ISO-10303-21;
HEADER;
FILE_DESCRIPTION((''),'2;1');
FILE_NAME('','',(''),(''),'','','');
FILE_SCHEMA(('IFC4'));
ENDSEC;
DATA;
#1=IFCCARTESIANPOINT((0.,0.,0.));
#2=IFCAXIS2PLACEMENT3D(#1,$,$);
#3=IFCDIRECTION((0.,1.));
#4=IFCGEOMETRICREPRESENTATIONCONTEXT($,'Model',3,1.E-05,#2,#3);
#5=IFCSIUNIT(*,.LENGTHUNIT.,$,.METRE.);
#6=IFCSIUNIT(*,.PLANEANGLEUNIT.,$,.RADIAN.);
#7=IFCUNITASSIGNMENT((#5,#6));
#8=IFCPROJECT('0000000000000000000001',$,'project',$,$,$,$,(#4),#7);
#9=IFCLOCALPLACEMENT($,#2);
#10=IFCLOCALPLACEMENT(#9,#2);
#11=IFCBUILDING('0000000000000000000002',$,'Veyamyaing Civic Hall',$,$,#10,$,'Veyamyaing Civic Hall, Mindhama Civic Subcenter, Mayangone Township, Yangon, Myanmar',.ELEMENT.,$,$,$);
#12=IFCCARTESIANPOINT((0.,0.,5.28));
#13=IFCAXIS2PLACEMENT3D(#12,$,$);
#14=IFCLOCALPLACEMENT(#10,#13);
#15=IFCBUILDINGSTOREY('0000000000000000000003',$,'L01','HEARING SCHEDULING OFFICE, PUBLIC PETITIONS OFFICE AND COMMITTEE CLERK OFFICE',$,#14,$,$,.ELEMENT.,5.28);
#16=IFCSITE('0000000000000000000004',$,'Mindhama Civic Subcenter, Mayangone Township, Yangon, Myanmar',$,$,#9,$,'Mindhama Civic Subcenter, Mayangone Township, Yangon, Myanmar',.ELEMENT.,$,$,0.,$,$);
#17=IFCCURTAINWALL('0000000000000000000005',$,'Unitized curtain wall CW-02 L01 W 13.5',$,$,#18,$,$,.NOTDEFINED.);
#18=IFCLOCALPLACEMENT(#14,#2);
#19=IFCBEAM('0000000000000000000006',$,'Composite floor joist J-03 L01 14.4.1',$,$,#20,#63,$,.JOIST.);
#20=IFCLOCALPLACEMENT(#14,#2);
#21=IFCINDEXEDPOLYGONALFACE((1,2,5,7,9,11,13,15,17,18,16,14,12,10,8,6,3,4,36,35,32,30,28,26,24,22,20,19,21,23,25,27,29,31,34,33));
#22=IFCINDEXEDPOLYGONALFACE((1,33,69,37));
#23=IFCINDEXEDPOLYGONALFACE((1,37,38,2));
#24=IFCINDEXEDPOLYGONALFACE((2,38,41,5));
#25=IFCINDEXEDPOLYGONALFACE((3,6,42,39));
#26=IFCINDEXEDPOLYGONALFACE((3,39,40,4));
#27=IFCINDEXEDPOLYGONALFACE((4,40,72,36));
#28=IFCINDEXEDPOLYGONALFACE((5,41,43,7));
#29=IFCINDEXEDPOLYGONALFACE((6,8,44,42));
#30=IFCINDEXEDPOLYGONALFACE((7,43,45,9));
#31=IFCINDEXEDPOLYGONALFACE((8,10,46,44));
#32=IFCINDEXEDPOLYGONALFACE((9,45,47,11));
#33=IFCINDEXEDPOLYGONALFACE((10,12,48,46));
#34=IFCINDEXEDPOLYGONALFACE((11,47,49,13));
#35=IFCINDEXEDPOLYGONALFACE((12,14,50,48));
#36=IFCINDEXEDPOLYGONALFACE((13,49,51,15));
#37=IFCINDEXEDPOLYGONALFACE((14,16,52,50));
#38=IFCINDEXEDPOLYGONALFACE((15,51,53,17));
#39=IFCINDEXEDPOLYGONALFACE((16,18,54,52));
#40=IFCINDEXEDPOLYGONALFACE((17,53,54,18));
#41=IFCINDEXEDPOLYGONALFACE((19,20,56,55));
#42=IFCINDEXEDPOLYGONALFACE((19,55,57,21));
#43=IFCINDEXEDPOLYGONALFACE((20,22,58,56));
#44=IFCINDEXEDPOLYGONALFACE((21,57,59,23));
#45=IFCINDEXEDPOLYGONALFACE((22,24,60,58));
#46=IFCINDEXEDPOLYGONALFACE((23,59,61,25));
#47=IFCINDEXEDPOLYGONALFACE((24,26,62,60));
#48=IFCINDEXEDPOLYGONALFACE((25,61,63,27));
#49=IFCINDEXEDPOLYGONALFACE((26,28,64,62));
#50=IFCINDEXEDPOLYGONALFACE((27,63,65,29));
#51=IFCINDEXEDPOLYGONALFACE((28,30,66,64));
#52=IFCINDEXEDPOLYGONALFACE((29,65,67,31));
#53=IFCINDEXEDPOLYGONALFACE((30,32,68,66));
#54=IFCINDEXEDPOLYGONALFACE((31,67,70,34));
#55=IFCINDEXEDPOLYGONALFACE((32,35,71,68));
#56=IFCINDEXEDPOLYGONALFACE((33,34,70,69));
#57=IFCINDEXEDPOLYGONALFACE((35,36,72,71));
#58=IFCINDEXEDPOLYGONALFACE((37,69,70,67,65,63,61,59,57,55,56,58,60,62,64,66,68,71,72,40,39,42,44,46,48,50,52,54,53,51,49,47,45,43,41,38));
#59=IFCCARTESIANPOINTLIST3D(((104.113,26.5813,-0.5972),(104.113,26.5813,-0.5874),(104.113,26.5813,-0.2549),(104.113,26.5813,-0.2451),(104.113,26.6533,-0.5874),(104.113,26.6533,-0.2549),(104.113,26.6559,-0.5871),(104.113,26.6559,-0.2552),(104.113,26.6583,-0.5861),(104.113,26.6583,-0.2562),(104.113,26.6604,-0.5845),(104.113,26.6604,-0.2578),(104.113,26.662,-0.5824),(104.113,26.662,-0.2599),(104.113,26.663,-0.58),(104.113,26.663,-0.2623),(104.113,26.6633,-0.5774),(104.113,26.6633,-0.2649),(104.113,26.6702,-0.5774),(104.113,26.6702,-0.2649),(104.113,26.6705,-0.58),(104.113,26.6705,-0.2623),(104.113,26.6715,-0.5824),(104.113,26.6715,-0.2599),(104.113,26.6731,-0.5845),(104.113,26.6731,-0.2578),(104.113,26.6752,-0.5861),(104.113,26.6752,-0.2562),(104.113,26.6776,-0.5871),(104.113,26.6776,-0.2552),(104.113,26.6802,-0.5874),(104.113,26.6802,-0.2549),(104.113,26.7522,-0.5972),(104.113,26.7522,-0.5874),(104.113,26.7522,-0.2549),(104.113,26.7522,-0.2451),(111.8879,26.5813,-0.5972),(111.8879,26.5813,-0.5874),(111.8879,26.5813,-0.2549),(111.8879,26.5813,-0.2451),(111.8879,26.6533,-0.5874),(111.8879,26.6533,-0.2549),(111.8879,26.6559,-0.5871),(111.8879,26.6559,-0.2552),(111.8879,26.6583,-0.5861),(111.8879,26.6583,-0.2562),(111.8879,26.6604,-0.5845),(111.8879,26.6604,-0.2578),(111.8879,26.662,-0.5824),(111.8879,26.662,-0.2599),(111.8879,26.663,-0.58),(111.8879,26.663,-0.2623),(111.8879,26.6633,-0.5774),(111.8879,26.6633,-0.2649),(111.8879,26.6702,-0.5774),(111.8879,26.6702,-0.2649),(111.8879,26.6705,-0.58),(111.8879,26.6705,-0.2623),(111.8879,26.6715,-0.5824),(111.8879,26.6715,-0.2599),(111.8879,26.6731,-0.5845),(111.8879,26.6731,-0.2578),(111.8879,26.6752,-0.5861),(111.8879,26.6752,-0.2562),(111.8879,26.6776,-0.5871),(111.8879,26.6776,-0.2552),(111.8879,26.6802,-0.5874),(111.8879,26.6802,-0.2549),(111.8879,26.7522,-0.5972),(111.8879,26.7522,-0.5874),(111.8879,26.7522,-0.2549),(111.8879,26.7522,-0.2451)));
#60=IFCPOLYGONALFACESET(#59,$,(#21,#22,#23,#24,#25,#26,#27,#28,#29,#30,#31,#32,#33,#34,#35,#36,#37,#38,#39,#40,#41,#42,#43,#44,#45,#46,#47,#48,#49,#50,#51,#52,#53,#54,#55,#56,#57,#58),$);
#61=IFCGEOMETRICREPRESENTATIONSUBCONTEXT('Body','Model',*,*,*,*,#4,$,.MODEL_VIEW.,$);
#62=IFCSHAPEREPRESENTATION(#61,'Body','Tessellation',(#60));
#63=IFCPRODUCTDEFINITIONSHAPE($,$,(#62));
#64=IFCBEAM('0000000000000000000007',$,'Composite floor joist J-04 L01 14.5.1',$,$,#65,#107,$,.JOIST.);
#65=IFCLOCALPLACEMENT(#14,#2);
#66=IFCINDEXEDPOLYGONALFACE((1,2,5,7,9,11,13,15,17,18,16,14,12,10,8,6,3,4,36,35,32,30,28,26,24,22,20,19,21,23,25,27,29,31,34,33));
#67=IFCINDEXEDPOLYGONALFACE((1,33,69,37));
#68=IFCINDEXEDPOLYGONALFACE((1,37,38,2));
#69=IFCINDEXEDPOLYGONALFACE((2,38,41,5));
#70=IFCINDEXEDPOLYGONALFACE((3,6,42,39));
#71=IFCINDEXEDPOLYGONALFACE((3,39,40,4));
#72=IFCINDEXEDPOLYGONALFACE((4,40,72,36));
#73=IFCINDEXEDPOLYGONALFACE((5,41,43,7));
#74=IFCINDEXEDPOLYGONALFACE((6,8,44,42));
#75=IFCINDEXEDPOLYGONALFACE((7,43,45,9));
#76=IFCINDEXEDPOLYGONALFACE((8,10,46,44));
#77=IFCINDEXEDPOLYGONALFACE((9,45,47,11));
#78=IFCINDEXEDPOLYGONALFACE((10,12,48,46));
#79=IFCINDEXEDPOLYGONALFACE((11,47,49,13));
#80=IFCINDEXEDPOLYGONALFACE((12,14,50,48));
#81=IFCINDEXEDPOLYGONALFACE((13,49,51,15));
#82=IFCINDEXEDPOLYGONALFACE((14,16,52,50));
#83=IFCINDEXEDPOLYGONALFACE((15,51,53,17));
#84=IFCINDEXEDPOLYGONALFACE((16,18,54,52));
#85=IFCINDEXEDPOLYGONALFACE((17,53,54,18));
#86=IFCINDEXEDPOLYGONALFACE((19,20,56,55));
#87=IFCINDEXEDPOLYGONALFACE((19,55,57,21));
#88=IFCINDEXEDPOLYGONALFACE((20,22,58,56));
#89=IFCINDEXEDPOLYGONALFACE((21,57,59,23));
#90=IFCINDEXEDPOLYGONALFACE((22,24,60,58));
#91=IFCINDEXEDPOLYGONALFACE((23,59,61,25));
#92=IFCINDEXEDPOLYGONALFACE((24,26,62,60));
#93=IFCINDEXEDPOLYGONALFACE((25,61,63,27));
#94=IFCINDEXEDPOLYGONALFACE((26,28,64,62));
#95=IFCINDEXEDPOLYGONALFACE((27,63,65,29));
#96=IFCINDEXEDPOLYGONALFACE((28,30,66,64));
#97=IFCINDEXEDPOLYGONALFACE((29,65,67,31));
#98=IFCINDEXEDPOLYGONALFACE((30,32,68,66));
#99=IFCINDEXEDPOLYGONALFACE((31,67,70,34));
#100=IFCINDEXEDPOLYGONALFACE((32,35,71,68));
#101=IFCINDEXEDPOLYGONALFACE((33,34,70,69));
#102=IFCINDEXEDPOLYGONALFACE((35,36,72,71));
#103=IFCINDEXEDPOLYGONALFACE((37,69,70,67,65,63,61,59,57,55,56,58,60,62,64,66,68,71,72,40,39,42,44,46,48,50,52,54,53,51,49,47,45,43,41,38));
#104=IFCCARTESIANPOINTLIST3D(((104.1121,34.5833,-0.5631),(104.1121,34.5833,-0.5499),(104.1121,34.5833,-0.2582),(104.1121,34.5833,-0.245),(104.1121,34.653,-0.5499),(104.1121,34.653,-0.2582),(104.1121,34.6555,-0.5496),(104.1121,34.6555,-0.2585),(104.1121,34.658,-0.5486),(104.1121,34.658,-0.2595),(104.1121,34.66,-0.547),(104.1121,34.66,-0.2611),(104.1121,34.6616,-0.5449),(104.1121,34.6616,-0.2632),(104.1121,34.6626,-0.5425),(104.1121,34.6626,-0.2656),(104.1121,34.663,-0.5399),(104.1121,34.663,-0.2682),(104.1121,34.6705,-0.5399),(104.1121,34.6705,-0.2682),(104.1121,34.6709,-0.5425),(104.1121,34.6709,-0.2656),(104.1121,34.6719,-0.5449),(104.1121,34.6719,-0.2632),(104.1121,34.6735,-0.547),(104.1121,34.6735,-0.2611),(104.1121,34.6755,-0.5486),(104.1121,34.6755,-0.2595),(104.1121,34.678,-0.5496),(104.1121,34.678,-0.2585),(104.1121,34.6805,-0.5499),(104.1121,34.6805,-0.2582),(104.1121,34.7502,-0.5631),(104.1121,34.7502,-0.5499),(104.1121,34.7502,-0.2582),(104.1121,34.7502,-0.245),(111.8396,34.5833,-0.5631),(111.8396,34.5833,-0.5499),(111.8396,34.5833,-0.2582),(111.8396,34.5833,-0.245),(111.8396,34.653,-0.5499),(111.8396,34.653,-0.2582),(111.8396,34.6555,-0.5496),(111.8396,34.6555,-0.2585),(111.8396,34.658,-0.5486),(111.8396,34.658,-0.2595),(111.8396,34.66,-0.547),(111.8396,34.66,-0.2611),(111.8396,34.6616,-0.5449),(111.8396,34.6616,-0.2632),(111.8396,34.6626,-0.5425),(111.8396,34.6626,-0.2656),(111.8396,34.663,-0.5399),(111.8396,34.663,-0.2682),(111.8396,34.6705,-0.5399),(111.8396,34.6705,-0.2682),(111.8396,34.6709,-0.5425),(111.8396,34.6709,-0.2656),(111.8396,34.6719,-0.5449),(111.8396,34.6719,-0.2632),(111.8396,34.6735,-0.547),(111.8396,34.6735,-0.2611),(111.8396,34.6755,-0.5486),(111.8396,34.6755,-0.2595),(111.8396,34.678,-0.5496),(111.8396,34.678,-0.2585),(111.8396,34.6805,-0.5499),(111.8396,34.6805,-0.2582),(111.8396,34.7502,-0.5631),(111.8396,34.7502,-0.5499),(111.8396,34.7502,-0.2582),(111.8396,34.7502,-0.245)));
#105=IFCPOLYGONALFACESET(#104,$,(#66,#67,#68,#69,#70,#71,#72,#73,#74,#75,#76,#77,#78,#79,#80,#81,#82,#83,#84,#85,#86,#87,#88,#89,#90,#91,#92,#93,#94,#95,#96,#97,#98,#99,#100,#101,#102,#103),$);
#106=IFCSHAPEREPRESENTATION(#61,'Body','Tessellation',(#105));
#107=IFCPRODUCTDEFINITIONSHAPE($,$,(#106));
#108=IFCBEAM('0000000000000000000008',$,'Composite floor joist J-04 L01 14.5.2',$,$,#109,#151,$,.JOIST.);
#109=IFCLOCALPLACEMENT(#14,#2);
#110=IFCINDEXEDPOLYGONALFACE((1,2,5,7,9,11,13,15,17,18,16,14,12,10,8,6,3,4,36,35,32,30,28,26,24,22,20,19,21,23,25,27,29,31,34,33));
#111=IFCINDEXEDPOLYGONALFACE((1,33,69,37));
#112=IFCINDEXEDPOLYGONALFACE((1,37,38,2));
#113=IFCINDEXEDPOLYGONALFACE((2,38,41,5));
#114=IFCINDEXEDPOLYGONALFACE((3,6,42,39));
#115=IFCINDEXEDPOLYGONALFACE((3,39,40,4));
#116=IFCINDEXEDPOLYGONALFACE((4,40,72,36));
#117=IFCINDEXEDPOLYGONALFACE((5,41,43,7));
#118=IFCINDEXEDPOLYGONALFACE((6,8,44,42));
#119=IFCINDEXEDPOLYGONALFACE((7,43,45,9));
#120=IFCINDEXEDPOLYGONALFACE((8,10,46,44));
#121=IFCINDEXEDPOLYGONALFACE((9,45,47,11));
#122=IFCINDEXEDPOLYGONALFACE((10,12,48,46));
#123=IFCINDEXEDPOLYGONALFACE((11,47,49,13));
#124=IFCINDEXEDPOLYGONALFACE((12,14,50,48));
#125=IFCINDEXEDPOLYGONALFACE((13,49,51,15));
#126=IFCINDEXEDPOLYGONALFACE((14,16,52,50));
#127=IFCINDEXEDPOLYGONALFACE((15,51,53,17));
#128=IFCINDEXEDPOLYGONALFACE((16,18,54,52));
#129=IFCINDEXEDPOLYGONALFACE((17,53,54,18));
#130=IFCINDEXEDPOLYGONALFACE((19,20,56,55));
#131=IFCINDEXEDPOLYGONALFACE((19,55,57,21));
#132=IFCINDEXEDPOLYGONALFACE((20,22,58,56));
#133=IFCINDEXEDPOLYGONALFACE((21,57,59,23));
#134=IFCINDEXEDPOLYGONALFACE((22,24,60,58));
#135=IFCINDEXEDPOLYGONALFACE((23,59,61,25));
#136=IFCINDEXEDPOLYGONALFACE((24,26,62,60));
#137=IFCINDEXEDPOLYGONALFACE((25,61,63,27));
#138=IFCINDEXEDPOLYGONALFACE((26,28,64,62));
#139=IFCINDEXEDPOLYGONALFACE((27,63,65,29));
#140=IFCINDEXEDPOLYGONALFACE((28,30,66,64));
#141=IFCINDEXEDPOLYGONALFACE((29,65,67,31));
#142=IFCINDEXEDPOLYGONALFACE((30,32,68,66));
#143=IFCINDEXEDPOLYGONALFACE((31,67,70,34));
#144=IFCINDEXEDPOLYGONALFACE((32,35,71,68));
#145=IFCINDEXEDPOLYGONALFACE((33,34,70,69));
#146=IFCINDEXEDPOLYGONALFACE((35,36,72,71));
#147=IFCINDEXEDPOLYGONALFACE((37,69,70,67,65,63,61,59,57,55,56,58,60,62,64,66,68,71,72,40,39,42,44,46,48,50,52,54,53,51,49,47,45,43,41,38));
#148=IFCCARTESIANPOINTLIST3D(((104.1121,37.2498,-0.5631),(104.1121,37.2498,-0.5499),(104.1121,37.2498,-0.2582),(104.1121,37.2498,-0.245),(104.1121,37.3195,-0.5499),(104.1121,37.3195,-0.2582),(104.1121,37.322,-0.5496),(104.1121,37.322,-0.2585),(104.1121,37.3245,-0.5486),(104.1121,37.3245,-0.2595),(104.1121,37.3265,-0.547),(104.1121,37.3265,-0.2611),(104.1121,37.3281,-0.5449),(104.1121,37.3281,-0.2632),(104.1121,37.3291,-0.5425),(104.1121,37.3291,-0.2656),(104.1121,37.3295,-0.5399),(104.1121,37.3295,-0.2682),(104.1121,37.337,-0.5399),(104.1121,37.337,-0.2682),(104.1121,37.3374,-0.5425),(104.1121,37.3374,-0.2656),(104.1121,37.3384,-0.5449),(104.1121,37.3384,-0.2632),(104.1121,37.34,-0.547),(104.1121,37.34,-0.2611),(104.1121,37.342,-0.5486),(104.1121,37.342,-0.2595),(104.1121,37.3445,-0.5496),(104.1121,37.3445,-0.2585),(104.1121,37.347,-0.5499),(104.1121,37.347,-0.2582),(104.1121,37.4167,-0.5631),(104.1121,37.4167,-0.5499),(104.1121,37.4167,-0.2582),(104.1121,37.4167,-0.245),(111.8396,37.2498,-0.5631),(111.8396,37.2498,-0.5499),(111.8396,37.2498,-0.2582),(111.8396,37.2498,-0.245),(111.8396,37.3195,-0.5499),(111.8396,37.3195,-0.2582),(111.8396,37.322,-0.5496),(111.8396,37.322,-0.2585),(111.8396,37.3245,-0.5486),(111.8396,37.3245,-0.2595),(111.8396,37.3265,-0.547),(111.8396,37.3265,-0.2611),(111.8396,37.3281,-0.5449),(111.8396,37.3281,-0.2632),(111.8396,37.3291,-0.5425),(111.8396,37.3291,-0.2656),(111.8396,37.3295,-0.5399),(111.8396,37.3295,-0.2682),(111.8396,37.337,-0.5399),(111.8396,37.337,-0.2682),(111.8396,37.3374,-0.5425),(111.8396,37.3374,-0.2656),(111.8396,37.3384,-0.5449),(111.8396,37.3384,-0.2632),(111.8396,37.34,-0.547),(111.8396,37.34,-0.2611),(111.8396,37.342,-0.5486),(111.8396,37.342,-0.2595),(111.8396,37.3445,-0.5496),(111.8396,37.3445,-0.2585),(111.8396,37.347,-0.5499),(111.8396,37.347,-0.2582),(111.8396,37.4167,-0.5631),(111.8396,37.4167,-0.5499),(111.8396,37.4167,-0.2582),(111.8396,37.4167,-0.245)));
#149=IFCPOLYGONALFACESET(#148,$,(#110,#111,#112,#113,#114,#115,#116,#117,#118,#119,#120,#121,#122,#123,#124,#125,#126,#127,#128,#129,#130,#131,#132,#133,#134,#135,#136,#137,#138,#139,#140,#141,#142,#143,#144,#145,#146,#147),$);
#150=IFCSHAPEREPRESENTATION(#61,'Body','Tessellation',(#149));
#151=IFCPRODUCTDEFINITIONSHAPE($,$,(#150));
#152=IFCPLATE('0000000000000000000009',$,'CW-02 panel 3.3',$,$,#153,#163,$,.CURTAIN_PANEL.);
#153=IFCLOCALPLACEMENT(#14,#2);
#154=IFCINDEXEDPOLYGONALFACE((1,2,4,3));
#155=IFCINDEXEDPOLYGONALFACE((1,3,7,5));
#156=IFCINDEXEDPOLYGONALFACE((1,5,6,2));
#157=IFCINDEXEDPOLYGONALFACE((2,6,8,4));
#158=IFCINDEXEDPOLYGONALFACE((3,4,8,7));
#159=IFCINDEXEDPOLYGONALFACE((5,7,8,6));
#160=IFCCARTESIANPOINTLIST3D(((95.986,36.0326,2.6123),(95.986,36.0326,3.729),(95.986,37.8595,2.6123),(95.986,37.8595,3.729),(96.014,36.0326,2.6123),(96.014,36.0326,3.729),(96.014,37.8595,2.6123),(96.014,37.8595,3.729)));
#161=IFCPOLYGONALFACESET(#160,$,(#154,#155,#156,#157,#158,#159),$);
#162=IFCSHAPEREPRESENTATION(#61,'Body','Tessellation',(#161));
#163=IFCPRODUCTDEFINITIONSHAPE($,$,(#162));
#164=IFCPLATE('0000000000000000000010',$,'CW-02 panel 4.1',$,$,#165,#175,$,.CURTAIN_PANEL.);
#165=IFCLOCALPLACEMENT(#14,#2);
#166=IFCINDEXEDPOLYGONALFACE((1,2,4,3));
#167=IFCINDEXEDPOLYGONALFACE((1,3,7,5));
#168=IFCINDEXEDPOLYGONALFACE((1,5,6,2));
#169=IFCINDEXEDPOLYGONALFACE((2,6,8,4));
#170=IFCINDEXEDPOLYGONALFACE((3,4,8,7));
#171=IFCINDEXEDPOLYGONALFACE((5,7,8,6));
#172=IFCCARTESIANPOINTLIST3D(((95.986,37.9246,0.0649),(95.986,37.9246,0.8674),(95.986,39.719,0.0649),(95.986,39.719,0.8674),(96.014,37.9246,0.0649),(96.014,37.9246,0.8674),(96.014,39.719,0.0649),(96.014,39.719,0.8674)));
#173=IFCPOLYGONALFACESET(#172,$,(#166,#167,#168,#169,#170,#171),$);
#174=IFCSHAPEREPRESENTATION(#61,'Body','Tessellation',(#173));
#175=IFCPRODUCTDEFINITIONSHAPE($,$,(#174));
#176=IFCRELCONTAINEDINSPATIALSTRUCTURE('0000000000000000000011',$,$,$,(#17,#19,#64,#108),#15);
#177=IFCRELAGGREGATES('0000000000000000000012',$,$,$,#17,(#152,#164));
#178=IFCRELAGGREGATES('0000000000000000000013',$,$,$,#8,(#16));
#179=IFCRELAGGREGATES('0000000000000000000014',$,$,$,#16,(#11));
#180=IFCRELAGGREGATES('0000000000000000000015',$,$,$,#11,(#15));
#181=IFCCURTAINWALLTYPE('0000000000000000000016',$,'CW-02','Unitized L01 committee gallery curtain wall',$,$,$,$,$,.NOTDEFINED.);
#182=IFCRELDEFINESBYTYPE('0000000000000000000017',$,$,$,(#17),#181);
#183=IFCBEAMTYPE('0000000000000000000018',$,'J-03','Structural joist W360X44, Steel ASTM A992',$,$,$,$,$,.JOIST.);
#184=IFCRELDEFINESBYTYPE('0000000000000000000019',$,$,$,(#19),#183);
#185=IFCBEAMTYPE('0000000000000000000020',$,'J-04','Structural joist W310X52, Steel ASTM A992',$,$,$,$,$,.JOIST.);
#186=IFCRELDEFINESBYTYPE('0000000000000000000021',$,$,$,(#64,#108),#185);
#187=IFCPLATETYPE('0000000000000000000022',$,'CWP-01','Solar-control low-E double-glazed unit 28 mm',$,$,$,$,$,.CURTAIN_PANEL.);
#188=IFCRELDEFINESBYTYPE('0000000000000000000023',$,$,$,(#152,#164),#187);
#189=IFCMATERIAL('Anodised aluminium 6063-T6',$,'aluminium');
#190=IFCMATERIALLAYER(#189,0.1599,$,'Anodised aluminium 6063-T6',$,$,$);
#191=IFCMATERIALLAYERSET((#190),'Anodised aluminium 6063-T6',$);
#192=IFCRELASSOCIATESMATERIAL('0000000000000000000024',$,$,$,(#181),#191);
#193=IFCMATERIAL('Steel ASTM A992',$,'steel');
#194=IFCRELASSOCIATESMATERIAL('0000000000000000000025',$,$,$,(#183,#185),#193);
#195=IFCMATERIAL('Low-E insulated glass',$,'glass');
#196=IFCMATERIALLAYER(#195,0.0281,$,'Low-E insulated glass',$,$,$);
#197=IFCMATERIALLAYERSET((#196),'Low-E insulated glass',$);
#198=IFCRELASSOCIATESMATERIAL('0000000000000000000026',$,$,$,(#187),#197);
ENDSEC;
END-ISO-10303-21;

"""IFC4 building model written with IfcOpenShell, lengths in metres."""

from ifc_helpers import new_model, si_unit, direction, frame, origin, origin_2d, place, context, subcontext, project, spatial, rectangle, i_section, extrude, material, layer, layer_set, material_profile, profile_set, type_object, element, aggregate, save


model = new_model("IFC4")

# Units and contexts
model_context = context("Model", 3, precision=1e-05, world=origin(), true_north=direction((0.0, 1.0)))
body_context = subcontext(model_context, "Body", "Model", "MODEL_VIEW")
ifc_project = project(units=[si_unit("LENGTHUNIT", "METRE"), si_unit("PLANEANGLEUNIT", "RADIAN")], contexts=[model_context])

# Site, building, storey
site_placement = place(None, origin())
site = spatial("IfcSite", under=ifc_project, at=site_placement, Name="Mindhama Civic Subcenter, Mayangone Township, Yangon, Myanmar", LongName="Mindhama Civic Subcenter, Mayangone Township, Yangon, Myanmar", CompositionType="ELEMENT", RefElevation=0.0)
building_placement = place(site_placement, origin())
building = spatial("IfcBuilding", under=site, at=building_placement, Name="Veyamyaing Civic Hall", LongName="Veyamyaing Civic Hall, Mindhama Civic Subcenter, Mayangone Township, Yangon, Myanmar", CompositionType="ELEMENT")
storey_placement = place(building_placement, frame((0.0, 0.0, 5.28)))
storey = spatial("IfcBuildingStorey", under=building, at=storey_placement, Name="L01", Description="HEARING SCHEDULING OFFICE, PUBLIC PETITIONS OFFICE AND COMMITTEE CLERK OFFICE", CompositionType="ELEMENT", Elevation=5.28)

# Shared definitions
ifc_material_1 = material(Name="Steel ASTM A992", Category="steel")

# Curtain wall
ifc_material_2 = material(Name="Anodised aluminium 6063-T6", Category="aluminium")
ifc_layer_1 = layer(ifc_material_2, 0.1599, Name="Anodised aluminium 6063-T6")
ifc_layer_set_1 = layer_set([ifc_layer_1], Name="Anodised aluminium 6063-T6")
curtain_wall_type = type_object("IfcCurtainWallType", Name="CW-02", Description="Unitized L01 committee gallery curtain wall", PredefinedType="NOTDEFINED", material=ifc_layer_set_1)
curtain_wall_placement = place(storey_placement, origin())
curtain_wall = element("IfcCurtainWall", 1, at=curtain_wall_placement, inside=storey, type_object=curtain_wall_type, Name="Unitized curtain wall CW-02 L01 W 13.5", PredefinedType="NOTDEFINED")

# Beams
ifc_material_profile_1 = material_profile(ifc_material_1, i_section(OverallWidth=0.1709, OverallDepth=0.3521, WebThickness=0.0068, FlangeThickness=0.0098, FilletRadius=0.01, at=origin_2d()), Name="W360X44")
ifc_profile_set_1 = profile_set([ifc_material_profile_1], Name="Steel ASTM A992")
beam_type_1 = type_object("IfcBeamType", Name="J-03", Description="Structural joist W360X44, Steel ASTM A992", PredefinedType="JOIST", material=ifc_profile_set_1)
beam_1_placement = place(storey_placement, frame((104.113, 26.6667, -0.4211), z_axis=(1.0, 0.0, 0.0), x_axis=(0.0, 1.0, 0.0)))
element("IfcBeam", 2, at=beam_1_placement, inside=storey, type_object=beam_type_1, Name="Composite floor joist J-03 L01 14.4.1", PredefinedType="JOIST", context=body_context, shape_type="SweptSolid", body=[
    extrude(i_section(OverallWidth=0.1709, OverallDepth=0.3521, WebThickness=0.0068, FlangeThickness=0.0098, FilletRadius=0.01, at=origin_2d()), origin(), (0.0, 0.0, 1.0), 7.7749),
])
ifc_material_profile_2 = material_profile(ifc_material_1, i_section(OverallWidth=0.167, OverallDepth=0.3181, WebThickness=0.0076, FlangeThickness=0.0132, FilletRadius=0.01, at=origin_2d()), Name="W310X52")
ifc_profile_set_2 = profile_set([ifc_material_profile_2], Name="Steel ASTM A992")
beam_type_2 = type_object("IfcBeamType", Name="J-04", Description="Structural joist W310X52, Steel ASTM A992", PredefinedType="JOIST", material=ifc_profile_set_2)
for number, where, z_axis, x_axis, name in (
    (3, (104.1121, 34.6667, -0.4041), (1.0, 0.0, 0.0), (0.0, 1.0, 0.0), "Composite floor joist J-04 L01 14.5.1"),
    (4, (104.1121, 37.3333, -0.4041), (1.0, 0.0, 0.0), (0.0, 1.0, 0.0), "Composite floor joist J-04 L01 14.5.2"),
):
    element("IfcBeam", number, at=place(storey_placement, frame(where, z_axis=z_axis, x_axis=x_axis)), inside=storey, type_object=beam_type_2, Name=name, PredefinedType="JOIST", context=body_context, shape_type="SweptSolid", body=[
        extrude(i_section(OverallWidth=0.167, OverallDepth=0.3181, WebThickness=0.0076, FlangeThickness=0.0132, FilletRadius=0.01, at=origin_2d()), origin(), (0.0, 0.0, 1.0), 7.7275),
    ])

# Plates
ifc_material_3 = material(Name="Low-E insulated glass", Category="glass")
ifc_layer_2 = layer(ifc_material_3, 0.0281, Name="Low-E insulated glass")
ifc_layer_set_2 = layer_set([ifc_layer_2], Name="Low-E insulated glass")
plate_type = type_object("IfcPlateType", Name="CWP-01", Description="Solar-control low-E double-glazed unit 28 mm", PredefinedType="CURTAIN_PANEL", material=ifc_layer_set_2)
plate_1_placement = place(storey_placement, frame((96.0, 36.946, 2.6123), z_axis=(0.0, 0.0, 1.0), x_axis=(0.0, 1.0, 0.0)))
plate_1 = element("IfcPlate", 5, at=plate_1_placement, type_object=plate_type, Name="CW-02 panel 3.3", PredefinedType="CURTAIN_PANEL", context=body_context, shape_type="SweptSolid", body=[
    extrude(rectangle(XDim=1.8269, YDim=0.0281, at=origin_2d()), origin(), (0.0, 0.0, 1.0), 1.1167),
])
plate_2_placement = place(storey_placement, frame((96.0, 38.8218, 0.0649), z_axis=(0.0, 0.0, 1.0), x_axis=(0.0, 1.0, 0.0)))
plate_2 = element("IfcPlate", 6, at=plate_2_placement, type_object=plate_type, Name="CW-02 panel 4.1", PredefinedType="CURTAIN_PANEL", context=body_context, shape_type="SweptSolid", body=[
    extrude(rectangle(XDim=1.7944, YDim=0.0281, at=origin_2d()), origin(), (0.0, 0.0, 1.0), 0.8025),
])
aggregate(curtain_wall, [plate_1, plate_2])

save(model, "model.ifc")
